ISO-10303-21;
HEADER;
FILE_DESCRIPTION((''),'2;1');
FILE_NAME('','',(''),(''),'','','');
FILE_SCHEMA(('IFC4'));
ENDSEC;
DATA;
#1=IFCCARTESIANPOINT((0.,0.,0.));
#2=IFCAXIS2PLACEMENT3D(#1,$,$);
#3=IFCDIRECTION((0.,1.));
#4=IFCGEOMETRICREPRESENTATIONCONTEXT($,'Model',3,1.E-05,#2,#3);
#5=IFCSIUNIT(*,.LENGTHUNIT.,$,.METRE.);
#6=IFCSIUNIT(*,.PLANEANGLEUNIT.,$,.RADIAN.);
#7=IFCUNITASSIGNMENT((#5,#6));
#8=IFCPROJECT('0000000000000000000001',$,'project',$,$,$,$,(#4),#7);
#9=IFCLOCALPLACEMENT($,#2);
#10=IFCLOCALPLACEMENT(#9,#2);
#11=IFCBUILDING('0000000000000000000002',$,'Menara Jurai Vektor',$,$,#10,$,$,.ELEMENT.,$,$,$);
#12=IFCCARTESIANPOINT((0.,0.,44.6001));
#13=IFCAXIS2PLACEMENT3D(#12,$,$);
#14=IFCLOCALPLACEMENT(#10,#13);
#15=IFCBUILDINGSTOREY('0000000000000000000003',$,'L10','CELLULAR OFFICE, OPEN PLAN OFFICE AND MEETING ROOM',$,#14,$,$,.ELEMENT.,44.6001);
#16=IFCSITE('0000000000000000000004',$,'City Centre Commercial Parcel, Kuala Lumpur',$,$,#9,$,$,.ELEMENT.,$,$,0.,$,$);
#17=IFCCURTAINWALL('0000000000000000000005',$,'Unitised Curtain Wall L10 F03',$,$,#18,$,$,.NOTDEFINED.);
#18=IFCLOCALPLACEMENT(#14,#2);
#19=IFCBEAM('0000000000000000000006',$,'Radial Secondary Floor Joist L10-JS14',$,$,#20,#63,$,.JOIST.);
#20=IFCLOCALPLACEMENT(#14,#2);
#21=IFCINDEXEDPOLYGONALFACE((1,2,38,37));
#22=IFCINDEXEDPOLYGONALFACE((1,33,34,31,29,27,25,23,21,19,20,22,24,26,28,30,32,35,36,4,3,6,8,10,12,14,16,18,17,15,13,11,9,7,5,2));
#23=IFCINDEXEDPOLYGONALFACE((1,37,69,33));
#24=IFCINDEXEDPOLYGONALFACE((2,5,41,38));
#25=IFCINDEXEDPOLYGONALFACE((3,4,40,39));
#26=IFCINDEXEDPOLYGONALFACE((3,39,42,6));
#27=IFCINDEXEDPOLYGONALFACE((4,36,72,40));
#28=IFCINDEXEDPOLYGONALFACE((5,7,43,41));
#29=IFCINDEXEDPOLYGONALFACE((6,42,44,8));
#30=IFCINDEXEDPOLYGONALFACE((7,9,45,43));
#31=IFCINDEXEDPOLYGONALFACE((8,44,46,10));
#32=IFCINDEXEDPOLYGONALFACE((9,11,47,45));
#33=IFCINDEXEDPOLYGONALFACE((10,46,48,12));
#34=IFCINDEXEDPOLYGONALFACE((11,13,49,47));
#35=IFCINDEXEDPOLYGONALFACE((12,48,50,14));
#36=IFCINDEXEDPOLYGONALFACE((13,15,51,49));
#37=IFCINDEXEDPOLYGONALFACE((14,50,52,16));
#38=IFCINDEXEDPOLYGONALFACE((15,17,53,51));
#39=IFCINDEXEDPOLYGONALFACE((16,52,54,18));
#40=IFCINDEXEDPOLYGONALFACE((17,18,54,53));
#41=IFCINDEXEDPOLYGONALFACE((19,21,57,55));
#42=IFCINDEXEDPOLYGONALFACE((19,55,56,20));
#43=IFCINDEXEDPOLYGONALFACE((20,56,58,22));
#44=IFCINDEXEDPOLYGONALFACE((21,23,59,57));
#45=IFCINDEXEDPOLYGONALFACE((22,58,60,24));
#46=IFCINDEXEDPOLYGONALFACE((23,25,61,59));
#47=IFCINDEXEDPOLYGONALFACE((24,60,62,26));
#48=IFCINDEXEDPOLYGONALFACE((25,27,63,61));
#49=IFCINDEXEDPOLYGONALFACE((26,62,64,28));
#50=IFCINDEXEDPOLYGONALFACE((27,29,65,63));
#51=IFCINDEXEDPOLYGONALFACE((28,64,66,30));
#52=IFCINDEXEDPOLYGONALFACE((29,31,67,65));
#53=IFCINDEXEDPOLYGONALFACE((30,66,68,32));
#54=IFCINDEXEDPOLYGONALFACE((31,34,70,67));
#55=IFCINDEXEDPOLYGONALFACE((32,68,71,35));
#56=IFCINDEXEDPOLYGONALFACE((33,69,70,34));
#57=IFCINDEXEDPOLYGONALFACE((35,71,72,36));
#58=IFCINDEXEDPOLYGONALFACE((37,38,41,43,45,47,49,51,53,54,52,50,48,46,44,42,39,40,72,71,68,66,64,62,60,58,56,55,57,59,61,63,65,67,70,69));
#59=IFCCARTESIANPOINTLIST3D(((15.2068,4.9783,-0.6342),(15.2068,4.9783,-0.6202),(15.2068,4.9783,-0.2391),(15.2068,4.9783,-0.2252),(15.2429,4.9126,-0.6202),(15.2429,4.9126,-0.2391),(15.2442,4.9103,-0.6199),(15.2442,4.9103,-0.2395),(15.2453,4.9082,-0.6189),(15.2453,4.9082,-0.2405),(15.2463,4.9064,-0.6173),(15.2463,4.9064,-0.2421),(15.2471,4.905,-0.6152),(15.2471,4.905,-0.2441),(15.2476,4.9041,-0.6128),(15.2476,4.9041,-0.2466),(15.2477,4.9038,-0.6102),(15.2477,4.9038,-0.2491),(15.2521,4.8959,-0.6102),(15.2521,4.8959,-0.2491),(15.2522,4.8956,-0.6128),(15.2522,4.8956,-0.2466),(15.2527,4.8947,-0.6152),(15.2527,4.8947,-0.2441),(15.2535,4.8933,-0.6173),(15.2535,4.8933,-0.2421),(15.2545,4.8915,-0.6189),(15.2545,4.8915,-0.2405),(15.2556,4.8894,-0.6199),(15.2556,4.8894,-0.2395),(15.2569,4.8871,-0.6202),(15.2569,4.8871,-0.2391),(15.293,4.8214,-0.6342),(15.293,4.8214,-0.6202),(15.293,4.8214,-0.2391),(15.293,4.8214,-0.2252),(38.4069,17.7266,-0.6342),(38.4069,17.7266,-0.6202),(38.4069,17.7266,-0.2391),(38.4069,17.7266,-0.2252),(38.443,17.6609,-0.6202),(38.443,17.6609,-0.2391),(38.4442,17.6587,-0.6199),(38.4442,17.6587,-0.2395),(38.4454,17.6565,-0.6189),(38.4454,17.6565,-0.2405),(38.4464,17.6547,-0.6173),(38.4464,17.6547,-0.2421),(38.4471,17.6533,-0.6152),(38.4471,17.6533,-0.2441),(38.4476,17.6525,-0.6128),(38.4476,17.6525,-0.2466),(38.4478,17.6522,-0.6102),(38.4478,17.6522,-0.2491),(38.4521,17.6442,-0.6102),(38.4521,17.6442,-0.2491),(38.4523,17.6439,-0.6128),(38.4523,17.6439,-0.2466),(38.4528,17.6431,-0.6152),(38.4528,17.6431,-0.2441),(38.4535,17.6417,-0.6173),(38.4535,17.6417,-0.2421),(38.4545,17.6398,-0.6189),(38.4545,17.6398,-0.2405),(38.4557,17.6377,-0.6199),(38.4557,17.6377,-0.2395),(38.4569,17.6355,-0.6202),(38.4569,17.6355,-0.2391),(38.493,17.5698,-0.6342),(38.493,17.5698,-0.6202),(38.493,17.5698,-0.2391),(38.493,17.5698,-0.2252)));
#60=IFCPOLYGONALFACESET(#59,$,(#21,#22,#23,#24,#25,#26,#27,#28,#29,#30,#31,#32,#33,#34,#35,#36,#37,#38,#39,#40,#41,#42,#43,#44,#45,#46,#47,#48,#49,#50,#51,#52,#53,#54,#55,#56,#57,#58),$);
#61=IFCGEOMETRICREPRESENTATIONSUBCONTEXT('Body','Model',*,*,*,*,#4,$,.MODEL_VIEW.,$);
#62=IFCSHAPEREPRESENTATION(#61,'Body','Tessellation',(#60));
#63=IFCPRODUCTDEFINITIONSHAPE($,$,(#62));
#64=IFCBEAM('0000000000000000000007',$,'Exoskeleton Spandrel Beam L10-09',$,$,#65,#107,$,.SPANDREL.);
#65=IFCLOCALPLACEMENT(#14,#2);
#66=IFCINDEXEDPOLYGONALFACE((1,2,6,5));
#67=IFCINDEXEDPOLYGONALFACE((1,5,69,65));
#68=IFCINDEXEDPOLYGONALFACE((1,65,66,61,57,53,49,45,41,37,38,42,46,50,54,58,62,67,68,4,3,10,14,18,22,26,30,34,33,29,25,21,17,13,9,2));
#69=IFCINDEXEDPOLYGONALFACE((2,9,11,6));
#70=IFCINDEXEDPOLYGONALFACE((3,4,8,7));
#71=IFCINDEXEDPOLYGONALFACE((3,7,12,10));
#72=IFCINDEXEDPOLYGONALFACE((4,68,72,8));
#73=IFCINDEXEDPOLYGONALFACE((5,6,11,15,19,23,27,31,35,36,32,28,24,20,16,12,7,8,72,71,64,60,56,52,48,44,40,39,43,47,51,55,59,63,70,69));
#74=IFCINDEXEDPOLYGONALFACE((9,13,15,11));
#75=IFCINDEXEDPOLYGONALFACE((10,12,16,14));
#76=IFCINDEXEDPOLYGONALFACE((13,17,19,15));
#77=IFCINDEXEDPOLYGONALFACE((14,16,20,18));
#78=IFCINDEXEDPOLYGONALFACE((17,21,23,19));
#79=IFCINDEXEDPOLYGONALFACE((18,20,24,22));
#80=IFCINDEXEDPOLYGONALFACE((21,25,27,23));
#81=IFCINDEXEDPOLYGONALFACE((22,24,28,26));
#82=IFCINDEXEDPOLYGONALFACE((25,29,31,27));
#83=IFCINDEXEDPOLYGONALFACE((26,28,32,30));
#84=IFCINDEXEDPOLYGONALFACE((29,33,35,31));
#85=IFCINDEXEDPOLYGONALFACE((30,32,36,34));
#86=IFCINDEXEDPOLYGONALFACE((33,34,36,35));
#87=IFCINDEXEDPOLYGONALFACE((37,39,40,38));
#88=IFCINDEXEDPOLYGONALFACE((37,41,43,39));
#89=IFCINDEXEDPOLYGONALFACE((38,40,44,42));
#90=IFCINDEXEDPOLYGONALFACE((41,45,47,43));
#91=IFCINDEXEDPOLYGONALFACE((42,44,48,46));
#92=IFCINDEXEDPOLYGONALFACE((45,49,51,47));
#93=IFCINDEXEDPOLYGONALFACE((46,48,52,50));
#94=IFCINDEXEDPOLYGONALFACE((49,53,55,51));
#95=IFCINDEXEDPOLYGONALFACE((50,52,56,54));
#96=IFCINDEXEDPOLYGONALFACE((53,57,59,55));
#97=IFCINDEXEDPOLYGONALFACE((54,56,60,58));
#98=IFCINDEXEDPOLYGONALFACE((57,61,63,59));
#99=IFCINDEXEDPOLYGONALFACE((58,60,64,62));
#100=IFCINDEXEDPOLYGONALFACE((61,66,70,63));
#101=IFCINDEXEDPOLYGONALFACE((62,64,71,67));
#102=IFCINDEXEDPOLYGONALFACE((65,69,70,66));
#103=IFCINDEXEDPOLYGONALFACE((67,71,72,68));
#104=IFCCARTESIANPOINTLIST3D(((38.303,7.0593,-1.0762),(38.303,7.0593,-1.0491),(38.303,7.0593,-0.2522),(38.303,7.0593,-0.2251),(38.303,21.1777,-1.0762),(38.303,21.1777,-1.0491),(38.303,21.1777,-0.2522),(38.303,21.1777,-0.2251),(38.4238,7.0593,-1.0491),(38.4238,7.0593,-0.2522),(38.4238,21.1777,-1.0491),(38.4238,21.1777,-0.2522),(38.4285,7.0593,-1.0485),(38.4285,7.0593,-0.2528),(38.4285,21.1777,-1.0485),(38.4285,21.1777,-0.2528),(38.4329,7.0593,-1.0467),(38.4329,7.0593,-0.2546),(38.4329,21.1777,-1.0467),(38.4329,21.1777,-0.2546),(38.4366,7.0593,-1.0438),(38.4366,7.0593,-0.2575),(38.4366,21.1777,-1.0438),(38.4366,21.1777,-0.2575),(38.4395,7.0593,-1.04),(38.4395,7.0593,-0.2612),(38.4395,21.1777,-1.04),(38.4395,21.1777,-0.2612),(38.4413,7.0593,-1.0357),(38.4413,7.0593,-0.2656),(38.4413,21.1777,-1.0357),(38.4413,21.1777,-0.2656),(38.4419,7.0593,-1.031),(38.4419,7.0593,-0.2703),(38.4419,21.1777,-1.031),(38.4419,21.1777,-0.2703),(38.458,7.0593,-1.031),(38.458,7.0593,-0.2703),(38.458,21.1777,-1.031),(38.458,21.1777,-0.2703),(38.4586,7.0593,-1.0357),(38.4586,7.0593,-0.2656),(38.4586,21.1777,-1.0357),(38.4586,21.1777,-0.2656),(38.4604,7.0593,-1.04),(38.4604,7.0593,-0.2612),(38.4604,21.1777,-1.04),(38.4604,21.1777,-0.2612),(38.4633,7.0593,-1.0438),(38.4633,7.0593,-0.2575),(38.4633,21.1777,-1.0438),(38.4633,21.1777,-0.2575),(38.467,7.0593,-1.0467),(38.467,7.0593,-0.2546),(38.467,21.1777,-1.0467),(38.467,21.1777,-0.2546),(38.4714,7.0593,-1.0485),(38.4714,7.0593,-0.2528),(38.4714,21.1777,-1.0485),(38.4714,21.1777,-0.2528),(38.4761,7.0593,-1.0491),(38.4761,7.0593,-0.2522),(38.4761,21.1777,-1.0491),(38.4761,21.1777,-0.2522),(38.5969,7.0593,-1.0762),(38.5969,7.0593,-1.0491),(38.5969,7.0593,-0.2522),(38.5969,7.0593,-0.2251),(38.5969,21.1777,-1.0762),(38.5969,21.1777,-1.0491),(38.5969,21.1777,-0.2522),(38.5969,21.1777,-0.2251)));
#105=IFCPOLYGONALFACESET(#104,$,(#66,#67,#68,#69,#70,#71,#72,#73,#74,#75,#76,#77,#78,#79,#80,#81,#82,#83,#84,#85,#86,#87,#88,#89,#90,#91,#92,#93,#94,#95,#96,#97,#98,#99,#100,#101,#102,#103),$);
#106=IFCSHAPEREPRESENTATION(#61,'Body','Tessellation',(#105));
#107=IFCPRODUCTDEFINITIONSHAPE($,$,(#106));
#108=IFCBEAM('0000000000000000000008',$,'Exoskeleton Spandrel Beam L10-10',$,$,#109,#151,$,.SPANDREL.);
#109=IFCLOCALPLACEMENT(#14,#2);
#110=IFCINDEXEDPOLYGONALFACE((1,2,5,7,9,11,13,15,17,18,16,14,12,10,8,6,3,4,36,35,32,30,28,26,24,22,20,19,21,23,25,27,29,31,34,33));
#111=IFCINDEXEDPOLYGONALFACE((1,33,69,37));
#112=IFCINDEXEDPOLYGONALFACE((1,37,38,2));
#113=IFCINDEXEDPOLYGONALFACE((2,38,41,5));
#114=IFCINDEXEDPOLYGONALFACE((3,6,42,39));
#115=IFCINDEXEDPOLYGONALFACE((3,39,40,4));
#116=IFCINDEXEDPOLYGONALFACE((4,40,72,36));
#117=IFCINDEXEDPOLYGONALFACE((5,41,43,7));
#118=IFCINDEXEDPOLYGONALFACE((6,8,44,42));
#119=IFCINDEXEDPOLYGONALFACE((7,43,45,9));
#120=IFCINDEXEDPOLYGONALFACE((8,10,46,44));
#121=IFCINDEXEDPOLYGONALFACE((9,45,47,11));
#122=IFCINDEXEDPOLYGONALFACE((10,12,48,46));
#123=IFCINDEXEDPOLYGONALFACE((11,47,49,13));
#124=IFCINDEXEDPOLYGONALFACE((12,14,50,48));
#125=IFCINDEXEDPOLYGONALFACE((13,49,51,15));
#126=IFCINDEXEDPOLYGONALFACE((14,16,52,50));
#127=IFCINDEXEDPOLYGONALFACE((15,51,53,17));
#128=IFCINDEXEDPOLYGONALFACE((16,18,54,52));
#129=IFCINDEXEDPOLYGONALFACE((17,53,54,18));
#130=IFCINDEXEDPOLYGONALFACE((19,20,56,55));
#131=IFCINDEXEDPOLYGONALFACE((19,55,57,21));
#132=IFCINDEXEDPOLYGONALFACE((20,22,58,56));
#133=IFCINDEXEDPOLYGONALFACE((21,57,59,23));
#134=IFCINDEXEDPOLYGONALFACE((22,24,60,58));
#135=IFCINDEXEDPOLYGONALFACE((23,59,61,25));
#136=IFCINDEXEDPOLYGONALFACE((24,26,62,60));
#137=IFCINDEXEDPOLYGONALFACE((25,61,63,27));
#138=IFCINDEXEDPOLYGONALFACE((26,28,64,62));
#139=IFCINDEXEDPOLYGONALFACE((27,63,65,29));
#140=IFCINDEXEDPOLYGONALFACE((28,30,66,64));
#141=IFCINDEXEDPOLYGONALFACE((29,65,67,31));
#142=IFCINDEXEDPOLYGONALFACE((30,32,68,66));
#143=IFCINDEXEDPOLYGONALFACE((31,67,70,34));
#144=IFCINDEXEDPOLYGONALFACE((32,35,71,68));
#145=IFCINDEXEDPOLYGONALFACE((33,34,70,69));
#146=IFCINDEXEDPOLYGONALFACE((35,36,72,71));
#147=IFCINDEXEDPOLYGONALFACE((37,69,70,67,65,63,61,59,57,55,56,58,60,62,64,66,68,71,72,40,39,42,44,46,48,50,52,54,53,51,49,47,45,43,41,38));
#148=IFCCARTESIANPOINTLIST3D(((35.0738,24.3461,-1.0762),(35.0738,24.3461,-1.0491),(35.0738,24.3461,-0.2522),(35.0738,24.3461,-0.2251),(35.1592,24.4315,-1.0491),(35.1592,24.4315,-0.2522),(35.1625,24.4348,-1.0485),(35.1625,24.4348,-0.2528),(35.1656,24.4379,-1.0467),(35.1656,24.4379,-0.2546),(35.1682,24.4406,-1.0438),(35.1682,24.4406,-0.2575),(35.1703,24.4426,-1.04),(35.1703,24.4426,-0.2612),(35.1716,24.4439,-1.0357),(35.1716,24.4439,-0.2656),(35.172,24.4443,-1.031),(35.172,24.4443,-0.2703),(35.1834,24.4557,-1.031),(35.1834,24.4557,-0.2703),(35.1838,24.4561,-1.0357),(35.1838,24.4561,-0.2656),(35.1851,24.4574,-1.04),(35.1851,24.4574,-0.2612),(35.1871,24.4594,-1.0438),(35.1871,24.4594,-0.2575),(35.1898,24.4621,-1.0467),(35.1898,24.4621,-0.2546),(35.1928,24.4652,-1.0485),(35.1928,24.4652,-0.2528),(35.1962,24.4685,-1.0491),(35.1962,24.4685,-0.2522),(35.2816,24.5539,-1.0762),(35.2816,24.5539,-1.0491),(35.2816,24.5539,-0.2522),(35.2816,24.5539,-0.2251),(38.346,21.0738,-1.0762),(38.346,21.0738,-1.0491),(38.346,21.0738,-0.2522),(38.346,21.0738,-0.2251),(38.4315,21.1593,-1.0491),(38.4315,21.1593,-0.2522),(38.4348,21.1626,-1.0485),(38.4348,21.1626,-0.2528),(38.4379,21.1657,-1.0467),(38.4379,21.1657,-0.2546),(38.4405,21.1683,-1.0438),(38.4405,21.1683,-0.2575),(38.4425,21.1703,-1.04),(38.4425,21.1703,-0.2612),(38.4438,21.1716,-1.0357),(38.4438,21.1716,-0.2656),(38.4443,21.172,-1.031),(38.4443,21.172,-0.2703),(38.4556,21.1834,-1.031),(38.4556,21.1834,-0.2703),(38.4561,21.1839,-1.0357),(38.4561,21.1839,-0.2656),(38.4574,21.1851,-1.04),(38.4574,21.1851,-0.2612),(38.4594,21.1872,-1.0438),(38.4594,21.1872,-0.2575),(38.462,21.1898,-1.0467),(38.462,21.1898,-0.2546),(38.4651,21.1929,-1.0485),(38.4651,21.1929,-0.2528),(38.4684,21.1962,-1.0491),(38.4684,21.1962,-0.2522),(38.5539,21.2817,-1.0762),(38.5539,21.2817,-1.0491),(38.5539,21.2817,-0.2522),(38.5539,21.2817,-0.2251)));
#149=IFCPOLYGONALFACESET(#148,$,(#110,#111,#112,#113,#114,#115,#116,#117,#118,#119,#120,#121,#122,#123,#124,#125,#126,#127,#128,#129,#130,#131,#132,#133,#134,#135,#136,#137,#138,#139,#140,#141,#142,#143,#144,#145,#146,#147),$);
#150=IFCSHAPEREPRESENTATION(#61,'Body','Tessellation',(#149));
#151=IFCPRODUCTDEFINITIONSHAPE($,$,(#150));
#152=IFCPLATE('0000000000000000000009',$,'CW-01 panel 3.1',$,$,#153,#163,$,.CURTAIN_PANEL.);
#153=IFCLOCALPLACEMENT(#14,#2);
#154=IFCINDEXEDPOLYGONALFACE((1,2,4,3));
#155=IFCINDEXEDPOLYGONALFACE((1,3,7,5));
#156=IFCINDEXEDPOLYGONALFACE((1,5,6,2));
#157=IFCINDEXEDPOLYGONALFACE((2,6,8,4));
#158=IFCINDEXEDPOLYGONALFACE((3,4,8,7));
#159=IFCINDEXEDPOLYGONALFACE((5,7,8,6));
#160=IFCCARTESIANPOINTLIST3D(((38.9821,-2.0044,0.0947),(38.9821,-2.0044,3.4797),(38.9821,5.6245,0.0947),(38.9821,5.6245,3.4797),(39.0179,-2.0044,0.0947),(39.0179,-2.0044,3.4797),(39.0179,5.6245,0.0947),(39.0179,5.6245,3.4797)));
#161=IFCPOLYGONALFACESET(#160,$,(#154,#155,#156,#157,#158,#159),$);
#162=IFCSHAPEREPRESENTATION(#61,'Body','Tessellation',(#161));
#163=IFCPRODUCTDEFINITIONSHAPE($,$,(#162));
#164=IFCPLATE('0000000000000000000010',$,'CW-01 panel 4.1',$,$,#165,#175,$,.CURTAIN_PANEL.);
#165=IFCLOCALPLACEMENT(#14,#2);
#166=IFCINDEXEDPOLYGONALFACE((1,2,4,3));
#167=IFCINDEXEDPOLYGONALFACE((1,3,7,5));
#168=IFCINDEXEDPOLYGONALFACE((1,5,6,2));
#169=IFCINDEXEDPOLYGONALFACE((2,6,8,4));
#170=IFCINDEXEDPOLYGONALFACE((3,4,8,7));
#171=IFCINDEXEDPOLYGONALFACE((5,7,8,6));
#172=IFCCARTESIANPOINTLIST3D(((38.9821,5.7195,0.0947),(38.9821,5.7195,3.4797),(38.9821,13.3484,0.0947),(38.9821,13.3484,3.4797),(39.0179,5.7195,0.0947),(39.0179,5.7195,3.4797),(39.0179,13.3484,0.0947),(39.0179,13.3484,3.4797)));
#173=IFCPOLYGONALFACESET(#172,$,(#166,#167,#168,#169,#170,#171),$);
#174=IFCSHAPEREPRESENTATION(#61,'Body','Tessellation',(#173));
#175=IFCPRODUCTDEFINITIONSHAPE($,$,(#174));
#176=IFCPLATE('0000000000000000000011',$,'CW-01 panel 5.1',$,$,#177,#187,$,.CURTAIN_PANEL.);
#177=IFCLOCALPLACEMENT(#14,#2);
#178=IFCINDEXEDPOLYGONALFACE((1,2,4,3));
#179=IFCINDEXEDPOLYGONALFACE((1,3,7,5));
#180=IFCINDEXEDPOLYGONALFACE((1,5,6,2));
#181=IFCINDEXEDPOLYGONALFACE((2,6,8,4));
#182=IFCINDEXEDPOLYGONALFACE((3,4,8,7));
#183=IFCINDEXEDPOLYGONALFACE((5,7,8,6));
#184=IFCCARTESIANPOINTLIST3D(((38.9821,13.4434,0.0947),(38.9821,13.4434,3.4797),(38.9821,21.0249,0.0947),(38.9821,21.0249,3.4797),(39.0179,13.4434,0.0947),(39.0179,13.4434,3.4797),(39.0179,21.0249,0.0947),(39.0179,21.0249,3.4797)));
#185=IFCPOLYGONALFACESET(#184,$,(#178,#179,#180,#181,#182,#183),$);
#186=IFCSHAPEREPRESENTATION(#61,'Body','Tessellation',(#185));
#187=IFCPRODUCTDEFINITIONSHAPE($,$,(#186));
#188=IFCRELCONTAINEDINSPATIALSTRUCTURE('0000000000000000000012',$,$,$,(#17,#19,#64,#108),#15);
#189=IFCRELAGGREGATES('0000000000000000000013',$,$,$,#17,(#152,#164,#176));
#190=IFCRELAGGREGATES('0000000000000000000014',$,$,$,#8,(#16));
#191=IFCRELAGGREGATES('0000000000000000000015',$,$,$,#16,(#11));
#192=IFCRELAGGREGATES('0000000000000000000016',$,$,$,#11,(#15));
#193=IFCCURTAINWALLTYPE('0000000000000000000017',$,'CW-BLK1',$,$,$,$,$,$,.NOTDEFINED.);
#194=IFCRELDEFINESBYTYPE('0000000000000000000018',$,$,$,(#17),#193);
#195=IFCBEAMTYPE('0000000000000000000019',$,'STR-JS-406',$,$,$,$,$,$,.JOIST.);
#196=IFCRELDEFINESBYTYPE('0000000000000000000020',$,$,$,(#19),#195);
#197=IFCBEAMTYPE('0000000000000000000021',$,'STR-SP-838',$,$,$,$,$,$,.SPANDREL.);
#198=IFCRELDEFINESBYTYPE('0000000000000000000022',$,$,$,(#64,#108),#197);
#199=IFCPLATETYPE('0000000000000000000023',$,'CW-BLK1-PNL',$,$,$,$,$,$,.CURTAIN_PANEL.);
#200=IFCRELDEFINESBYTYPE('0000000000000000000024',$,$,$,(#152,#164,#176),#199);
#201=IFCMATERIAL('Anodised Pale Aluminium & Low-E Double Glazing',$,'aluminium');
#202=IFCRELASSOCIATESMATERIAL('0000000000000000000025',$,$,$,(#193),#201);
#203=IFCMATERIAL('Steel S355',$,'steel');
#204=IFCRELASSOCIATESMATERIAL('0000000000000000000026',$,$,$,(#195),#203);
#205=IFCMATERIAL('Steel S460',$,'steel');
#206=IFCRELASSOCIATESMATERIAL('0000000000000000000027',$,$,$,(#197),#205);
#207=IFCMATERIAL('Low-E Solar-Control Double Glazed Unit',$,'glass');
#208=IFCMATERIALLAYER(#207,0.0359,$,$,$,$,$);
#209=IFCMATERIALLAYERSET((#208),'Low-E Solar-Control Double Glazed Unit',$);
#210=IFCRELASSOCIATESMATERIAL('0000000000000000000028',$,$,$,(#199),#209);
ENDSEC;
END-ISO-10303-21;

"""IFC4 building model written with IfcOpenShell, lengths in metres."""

from ifc_helpers import new_model, si_unit, direction, frame, origin, origin_2d, place, context, subcontext, project, spatial, rectangle, i_section, extrude, material, layer, layer_set, material_profile, profile_set, type_object, element, aggregate, save


model = new_model("IFC4")

# Units and contexts
model_context = context("Model", 3, precision=1e-05, world=origin(), true_north=direction((0.0, 1.0)))
body_context = subcontext(model_context, "Body", "Model", "MODEL_VIEW")
ifc_project = project(units=[si_unit("LENGTHUNIT", "METRE"), si_unit("PLANEANGLEUNIT", "RADIAN")], contexts=[model_context])

# Site, building, storey
site_placement = place(None, origin())
site = spatial("IfcSite", under=ifc_project, at=site_placement, Name="City Centre Commercial Parcel, Kuala Lumpur", CompositionType="ELEMENT", RefElevation=0.0)
building_placement = place(site_placement, origin())
building = spatial("IfcBuilding", under=site, at=building_placement, Name="Menara Jurai Vektor", CompositionType="ELEMENT")
storey_placement = place(building_placement, frame((0.0, 0.0, 44.6001)))
storey = spatial("IfcBuildingStorey", under=building, at=storey_placement, Name="L10", Description="CELLULAR OFFICE, OPEN PLAN OFFICE AND MEETING ROOM", CompositionType="ELEMENT", Elevation=44.6001)

# Shared definitions
ifc_material_1 = material(Name="Steel S460", Category="steel")

# Curtain wall
ifc_material_2 = material(Name="Anodised Pale Aluminium & Low-E Double Glazing", Category="aluminium")
curtain_wall_type = type_object("IfcCurtainWallType", Name="CW-BLK1", PredefinedType="NOTDEFINED", material=ifc_material_2)
curtain_wall_placement = place(storey_placement, origin())
curtain_wall = element("IfcCurtainWall", 1, at=curtain_wall_placement, inside=storey, type_object=curtain_wall_type, Name="Unitised Curtain Wall L10 F03", PredefinedType="NOTDEFINED")

# Beams
ifc_material_3 = material(Name="Steel S355", Category="steel")
ifc_material_profile_1 = material_profile(ifc_material_3, i_section(OverallWidth=0.179, OverallDepth=0.4089, WebThickness=0.009, FlangeThickness=0.0139, FilletRadius=0.01, at=origin_2d()), Name="UKB 406x178x67")
ifc_profile_set_1 = profile_set([ifc_material_profile_1], Name="Steel S355")
beam_type_1 = type_object("IfcBeamType", Name="STR-JS-406", PredefinedType="JOIST", material=ifc_profile_set_1)
beam_1_placement = place(storey_placement, frame((38.45, 17.6482, -0.4297), z_axis=(-0.876402, -0.48158, 0.0), x_axis=(0.48158, -0.876402, 0.0)))
element("IfcBeam", 2, at=beam_1_placement, inside=storey, type_object=beam_type_1, Name="Radial Secondary Floor Joist L10-JS14", PredefinedType="JOIST", context=body_context, shape_type="SweptSolid", body=[
    extrude(i_section(OverallWidth=0.179, OverallDepth=0.4089, WebThickness=0.009, FlangeThickness=0.0139, FilletRadius=0.01, at=origin_2d()), origin(), (0.0, 0.0, 1.0), 26.4719),
])
ifc_material_profile_2 = material_profile(ifc_material_1, i_section(OverallWidth=0.2939, OverallDepth=0.8511, WebThickness=0.0161, FlangeThickness=0.0271, FilletRadius=0.0181, at=origin_2d()), Name="UKB 838x292x226")
ifc_profile_set_2 = profile_set([ifc_material_profile_2], Name="Steel S460")
beam_type_2 = type_object("IfcBeamType", Name="STR-SP-838", PredefinedType="SPANDREL", material=ifc_profile_set_2)
beam_2_placement = place(storey_placement, frame((38.45, 7.0593, -0.6506), z_axis=(0.0, 1.0, 0.0), x_axis=(-1.0, 0.0, 0.0)))
element("IfcBeam", 3, at=beam_2_placement, inside=storey, type_object=beam_type_2, Name="Exoskeleton Spandrel Beam L10-09", PredefinedType="SPANDREL", context=body_context, shape_type="SweptSolid", body=[
    extrude(i_section(OverallWidth=0.2939, OverallDepth=0.8511, WebThickness=0.0161, FlangeThickness=0.0271, FilletRadius=0.0181, at=origin_2d()), origin(), (0.0, 0.0, 1.0), 14.1184),
])
beam_3_placement = place(storey_placement, frame((38.45, 21.1777, -0.6506), z_axis=(-0.707107, 0.707107, 0.0), x_axis=(-0.707107, -0.707107, 0.0)))
element("IfcBeam", 4, at=beam_3_placement, inside=storey, type_object=beam_type_2, Name="Exoskeleton Spandrel Beam L10-10", PredefinedType="SPANDREL", context=body_context, shape_type="SweptSolid", body=[
    extrude(i_section(OverallWidth=0.2939, OverallDepth=0.8511, WebThickness=0.0161, FlangeThickness=0.0271, FilletRadius=0.0181, at=origin_2d()), origin(), (0.0, 0.0, 1.0), 4.6277),
])

# Plates
ifc_material_4 = material(Name="Low-E Solar-Control Double Glazed Unit", Category="glass")
ifc_layer_1 = layer(ifc_material_4, 0.0359)
ifc_layer_set_1 = layer_set([ifc_layer_1], Name="Low-E Solar-Control Double Glazed Unit")
plate_type_1 = type_object("IfcPlateType", Name="CW-BLK1-PNL", PredefinedType="CURTAIN_PANEL", material=ifc_layer_set_1)
plate_1_placement = place(storey_placement, frame((39.0, 1.8101, 0.0947), z_axis=(0.0, 0.0, 1.0), x_axis=(0.0, 1.0, 0.0)))
plate_1 = element("IfcPlate", 5, at=plate_1_placement, type_object=plate_type_1, Name="CW-01 panel 3.1", PredefinedType="CURTAIN_PANEL", context=body_context, shape_type="SweptSolid", body=[
    extrude(rectangle(XDim=7.6289, YDim=0.0359, at=origin_2d()), origin(), (0.0, 0.0, 1.0), 3.385),
])
plate_2_placement = place(storey_placement, frame((39.0, 9.5339, 0.0947), z_axis=(0.0, 0.0, 1.0), x_axis=(0.0, 1.0, 0.0)))
plate_2 = element("IfcPlate", 6, at=plate_2_placement, type_object=plate_type_1, Name="CW-01 panel 4.1", PredefinedType="CURTAIN_PANEL", context=body_context, shape_type="SweptSolid", body=[
    extrude(rectangle(XDim=7.6289, YDim=0.0359, at=origin_2d()), origin(), (0.0, 0.0, 1.0), 3.385),
])
plate_3_placement = place(storey_placement, frame((39.0, 17.2341, 0.0947), z_axis=(0.0, 0.0, 1.0), x_axis=(0.0, 1.0, 0.0)))
plate_3 = element("IfcPlate", 7, at=plate_3_placement, type_object=plate_type_1, Name="CW-01 panel 5.1", PredefinedType="CURTAIN_PANEL", context=body_context, shape_type="SweptSolid", body=[
    extrude(rectangle(XDim=7.5815, YDim=0.0359, at=origin_2d()), origin(), (0.0, 0.0, 1.0), 3.385),
])
aggregate(curtain_wall, [plate_1, plate_2, plate_3])

save(model, "model.ifc")
